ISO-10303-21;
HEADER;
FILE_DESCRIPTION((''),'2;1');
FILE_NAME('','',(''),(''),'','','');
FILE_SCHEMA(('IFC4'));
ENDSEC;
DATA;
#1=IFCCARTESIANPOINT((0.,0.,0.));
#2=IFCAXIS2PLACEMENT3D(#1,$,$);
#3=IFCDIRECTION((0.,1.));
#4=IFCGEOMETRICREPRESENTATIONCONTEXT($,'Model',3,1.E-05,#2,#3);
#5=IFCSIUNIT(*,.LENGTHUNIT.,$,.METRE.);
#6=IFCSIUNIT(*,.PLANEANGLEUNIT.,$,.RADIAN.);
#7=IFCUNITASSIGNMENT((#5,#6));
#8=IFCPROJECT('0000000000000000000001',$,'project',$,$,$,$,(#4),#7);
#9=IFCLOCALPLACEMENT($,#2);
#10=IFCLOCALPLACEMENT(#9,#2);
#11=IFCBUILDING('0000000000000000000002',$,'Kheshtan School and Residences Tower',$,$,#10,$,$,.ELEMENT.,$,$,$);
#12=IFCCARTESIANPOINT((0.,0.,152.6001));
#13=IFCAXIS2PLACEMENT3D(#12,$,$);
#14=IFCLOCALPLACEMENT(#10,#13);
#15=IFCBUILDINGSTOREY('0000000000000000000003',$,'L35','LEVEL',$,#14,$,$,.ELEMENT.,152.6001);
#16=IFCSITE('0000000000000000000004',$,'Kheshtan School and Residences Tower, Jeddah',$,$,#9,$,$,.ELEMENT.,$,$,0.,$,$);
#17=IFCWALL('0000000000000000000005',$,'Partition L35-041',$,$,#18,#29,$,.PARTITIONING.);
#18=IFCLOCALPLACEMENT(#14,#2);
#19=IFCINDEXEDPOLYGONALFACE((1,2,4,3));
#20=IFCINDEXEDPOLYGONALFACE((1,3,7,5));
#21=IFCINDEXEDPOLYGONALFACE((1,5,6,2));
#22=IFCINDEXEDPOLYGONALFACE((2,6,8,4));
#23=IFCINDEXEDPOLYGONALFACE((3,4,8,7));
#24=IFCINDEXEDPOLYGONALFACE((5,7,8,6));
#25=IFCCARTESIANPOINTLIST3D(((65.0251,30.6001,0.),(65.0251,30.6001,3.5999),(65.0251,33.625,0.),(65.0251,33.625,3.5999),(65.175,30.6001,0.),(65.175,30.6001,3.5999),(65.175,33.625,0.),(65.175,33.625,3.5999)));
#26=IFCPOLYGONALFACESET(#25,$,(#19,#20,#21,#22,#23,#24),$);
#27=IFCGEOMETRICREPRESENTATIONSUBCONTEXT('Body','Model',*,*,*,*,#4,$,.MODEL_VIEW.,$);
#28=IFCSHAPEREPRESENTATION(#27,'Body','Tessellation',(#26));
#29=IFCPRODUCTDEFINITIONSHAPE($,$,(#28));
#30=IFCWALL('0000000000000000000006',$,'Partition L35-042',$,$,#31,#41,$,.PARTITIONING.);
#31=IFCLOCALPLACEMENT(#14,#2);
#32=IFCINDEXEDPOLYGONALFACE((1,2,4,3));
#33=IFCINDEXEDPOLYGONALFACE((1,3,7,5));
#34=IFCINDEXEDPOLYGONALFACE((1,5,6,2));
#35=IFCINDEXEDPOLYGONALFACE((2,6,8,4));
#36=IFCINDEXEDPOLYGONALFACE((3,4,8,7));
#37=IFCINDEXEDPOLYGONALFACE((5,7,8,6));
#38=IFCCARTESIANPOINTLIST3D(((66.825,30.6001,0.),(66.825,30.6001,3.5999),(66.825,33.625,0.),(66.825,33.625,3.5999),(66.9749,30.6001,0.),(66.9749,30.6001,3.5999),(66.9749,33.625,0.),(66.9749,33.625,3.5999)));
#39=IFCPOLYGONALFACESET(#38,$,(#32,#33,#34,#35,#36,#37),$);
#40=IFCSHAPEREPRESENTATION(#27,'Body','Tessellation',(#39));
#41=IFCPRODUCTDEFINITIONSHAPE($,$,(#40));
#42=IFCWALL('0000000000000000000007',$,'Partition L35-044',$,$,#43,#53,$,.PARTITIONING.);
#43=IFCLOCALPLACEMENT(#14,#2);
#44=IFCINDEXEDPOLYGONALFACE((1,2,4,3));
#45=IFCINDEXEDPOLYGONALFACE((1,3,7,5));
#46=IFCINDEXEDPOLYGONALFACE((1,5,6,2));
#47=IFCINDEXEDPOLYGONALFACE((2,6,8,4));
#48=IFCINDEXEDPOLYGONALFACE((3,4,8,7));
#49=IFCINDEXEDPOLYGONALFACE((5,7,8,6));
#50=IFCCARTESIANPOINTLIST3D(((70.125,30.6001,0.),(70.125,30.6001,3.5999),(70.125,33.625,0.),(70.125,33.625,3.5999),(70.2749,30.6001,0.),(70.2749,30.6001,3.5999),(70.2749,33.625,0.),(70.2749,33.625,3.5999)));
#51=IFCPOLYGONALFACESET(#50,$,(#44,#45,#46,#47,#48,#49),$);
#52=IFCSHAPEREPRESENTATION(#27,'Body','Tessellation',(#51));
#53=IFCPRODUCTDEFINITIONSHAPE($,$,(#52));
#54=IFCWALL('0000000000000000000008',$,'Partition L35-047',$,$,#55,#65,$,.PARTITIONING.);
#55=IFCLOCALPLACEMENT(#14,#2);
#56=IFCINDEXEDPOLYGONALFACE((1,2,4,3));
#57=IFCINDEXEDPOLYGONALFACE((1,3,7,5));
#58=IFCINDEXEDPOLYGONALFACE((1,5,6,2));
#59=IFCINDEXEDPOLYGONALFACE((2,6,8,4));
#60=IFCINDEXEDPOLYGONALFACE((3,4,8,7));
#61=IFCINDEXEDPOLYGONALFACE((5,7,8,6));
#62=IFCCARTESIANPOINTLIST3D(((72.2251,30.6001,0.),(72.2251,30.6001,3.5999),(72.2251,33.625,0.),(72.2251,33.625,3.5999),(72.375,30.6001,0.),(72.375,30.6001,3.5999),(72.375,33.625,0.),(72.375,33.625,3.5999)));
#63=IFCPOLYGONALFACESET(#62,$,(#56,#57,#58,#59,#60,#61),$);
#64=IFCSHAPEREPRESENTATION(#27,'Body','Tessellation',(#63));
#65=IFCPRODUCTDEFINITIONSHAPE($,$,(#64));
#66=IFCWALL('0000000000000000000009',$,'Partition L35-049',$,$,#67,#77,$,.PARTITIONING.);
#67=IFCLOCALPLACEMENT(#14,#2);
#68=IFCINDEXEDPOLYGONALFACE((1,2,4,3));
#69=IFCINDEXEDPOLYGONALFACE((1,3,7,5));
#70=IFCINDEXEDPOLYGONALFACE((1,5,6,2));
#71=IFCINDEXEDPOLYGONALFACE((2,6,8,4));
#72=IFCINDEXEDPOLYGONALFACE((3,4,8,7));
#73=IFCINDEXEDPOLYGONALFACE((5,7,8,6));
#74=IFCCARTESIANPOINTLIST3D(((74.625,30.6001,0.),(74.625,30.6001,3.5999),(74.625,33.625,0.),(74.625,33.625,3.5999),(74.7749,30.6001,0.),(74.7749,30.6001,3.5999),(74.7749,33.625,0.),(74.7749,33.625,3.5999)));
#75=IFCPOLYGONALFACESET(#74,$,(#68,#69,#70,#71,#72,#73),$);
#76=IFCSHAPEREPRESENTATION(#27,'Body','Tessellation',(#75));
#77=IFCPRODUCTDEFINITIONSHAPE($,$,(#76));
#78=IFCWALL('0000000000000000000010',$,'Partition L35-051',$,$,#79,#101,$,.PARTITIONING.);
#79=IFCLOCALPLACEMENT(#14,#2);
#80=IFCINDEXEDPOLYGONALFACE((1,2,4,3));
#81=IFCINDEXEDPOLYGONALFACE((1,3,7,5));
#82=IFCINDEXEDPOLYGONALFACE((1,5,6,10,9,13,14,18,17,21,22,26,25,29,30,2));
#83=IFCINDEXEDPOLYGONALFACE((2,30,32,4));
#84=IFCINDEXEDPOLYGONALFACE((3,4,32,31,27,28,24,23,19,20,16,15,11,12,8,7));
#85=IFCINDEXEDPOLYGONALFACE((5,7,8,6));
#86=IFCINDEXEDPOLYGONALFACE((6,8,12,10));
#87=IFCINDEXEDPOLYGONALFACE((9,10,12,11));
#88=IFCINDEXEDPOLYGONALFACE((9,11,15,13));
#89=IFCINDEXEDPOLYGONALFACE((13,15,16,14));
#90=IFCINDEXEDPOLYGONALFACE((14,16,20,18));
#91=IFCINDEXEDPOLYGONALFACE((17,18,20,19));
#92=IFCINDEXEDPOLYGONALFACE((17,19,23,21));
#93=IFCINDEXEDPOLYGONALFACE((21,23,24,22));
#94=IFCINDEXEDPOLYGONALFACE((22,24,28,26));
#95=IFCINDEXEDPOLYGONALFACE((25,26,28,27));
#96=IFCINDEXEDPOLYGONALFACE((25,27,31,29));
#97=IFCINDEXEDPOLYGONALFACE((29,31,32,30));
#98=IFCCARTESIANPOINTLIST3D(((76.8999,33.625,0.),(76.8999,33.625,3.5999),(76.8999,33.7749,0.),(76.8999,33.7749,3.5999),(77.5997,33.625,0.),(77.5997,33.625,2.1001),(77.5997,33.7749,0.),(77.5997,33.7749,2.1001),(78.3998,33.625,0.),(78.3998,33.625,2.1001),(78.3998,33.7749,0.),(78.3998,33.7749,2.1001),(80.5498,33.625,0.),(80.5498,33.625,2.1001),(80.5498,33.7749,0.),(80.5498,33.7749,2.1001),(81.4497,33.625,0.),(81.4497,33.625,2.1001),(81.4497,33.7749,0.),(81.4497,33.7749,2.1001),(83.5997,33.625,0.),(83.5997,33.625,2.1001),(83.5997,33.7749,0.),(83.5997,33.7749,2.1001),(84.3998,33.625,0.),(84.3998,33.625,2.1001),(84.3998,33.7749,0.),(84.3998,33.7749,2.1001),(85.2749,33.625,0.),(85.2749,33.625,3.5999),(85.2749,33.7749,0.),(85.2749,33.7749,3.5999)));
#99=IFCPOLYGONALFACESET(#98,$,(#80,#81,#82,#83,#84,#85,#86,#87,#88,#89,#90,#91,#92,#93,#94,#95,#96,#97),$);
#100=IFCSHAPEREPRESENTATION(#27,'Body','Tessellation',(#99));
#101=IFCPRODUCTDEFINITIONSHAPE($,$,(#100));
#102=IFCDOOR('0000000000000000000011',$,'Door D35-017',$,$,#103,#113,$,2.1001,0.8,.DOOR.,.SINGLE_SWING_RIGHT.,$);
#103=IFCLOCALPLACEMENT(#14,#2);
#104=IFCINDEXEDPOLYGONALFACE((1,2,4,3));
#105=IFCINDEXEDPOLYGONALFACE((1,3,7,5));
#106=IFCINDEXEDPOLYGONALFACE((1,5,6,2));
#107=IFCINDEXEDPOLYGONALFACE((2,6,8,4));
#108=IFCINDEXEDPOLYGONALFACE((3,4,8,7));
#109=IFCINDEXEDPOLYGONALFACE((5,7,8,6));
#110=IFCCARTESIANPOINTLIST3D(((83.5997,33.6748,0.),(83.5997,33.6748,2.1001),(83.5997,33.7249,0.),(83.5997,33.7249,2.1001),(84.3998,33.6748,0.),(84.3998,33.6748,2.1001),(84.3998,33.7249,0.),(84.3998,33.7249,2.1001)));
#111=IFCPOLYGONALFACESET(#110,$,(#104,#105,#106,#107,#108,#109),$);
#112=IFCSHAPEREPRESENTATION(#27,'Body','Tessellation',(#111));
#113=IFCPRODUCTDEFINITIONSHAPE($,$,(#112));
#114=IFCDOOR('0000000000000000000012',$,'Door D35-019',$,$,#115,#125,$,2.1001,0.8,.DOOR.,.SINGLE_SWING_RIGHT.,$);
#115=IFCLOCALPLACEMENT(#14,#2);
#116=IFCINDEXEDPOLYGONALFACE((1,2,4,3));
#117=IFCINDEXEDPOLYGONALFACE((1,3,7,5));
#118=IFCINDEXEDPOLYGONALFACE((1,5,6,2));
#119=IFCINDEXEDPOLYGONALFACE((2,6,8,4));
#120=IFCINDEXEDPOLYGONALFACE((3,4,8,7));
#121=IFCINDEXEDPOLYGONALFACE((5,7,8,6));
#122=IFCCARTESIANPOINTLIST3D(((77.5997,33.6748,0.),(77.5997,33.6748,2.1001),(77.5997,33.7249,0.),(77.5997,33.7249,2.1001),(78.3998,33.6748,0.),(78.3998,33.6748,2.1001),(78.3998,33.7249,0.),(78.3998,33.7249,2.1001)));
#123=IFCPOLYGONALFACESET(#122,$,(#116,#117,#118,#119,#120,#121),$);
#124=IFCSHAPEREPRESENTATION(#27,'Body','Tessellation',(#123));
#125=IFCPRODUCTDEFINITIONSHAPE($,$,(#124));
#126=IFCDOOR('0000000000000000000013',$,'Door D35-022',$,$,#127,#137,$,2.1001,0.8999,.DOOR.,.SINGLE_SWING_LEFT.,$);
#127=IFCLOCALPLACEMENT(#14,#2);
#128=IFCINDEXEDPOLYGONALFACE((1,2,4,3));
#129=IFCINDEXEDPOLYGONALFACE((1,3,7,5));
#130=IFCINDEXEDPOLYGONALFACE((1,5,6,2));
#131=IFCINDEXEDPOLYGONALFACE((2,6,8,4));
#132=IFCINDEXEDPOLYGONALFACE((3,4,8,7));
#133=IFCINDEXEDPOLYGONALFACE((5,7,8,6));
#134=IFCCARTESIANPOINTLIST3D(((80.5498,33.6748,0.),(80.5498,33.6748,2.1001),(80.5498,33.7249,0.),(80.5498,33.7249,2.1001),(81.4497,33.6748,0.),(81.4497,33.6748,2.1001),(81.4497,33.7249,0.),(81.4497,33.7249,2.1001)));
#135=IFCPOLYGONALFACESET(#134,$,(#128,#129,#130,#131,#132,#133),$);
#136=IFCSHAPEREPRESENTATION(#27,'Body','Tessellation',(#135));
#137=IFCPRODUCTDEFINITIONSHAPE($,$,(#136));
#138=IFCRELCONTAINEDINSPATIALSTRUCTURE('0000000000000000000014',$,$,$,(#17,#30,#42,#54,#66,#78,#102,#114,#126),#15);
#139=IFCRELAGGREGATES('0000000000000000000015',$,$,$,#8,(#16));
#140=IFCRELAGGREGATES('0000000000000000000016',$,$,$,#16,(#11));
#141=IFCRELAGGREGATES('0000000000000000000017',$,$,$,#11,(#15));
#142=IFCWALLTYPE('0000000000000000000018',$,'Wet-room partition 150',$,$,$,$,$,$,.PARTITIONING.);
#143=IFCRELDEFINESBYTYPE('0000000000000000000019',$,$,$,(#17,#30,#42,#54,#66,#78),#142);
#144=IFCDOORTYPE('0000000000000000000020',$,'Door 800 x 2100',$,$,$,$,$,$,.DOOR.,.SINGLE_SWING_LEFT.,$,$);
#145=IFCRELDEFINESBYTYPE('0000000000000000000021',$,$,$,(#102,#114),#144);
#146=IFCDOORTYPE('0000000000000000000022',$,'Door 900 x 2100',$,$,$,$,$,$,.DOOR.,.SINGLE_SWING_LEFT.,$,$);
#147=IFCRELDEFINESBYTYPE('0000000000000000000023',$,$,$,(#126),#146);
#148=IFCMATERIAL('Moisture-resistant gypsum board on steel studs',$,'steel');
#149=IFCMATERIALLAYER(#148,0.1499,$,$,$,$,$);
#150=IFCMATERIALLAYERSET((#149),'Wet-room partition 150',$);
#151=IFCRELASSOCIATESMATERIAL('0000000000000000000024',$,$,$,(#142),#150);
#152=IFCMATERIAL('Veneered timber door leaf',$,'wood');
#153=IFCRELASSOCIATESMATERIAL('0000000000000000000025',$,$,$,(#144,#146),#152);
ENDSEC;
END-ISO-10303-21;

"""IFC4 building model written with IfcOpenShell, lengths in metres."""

from ifc_helpers import new_model, si_unit, direction, frame, frame_2d, origin, place, context, subcontext, project, spatial, rectangle, extrude, source, transform, mapped, material, layer, layer_set, type_object, element, fill, save


model = new_model("IFC4")

# Units and contexts
model_context = context("Model", 3, precision=1e-05, world=origin(), true_north=direction((0.0, 1.0)))
body_context = subcontext(model_context, "Body", "Model", "MODEL_VIEW")
ifc_project = project(units=[si_unit("LENGTHUNIT", "METRE"), si_unit("PLANEANGLEUNIT", "RADIAN")], contexts=[model_context])

# Site, building, storey
site_placement = place(None, origin())
site = spatial("IfcSite", under=ifc_project, at=site_placement, Name="Kheshtan School and Residences Tower, Jeddah", CompositionType="ELEMENT", RefElevation=0.0)
building_placement = place(site_placement, origin())
building = spatial("IfcBuilding", under=site, at=building_placement, Name="Kheshtan School and Residences Tower", CompositionType="ELEMENT")
storey_placement = place(building_placement, frame((0.0, 0.0, 152.6001)))
storey = spatial("IfcBuildingStorey", under=building, at=storey_placement, Name="L35", Description="LEVEL", CompositionType="ELEMENT", Elevation=152.6001)

# Walls
ifc_material_1 = material(Name="Moisture-resistant gypsum board on steel studs", Category="steel")
ifc_layer_1 = layer(ifc_material_1, 0.1499)
ifc_layer_set_1 = layer_set([ifc_layer_1], Name="Wet-room partition 150")
wall_type_1 = type_object("IfcWallType", Name="Wet-room partition 150", PredefinedType="PARTITIONING", material=ifc_layer_set_1)
for number, where, z_axis, x_axis, name in (
    (1, (65.1001, 30.6001, 0.0), (0.0, 0.0, 1.0), (0.0, 1.0, 0.0), "Partition L35-041"),
    (2, (66.8999, 30.6001, 0.0), (0.0, 0.0, 1.0), (0.0, 1.0, 0.0), "Partition L35-042"),
    (3, (70.2, 30.6001, 0.0), (0.0, 0.0, 1.0), (0.0, 1.0, 0.0), "Partition L35-044"),
    (4, (72.3, 30.6001, 0.0), (0.0, 0.0, 1.0), (0.0, 1.0, 0.0), "Partition L35-047"),
    (5, (74.7, 30.6001, 0.0), (0.0, 0.0, 1.0), (0.0, 1.0, 0.0), "Partition L35-049"),
):
    element("IfcWall", number, at=place(storey_placement, frame(where, z_axis=z_axis, x_axis=x_axis)), inside=storey, type_object=wall_type_1, Name=name, PredefinedType="PARTITIONING", context=body_context, shape_type="SweptSolid", body=[
        extrude(rectangle(XDim=3.0249, YDim=0.1499, at=frame_2d((1.5125, 0.0))), origin(), (0.0, 0.0, 1.0), 3.5999),
    ])

# Wall, openings, doors
wall_1_placement = place(storey_placement, frame((76.8999, 33.7, 0.0), z_axis=(0.0, 0.0, 1.0), x_axis=(1.0, 0.0, 0.0)))
wall_1 = element("IfcWall", 6, at=wall_1_placement, inside=storey, type_object=wall_type_1, Name="Partition L35-051", PredefinedType="PARTITIONING", context=body_context, shape_type="SweptSolid", body=[
    extrude(rectangle(XDim=8.375, YDim=0.1499, at=frame_2d((4.1875, 0.0))), origin(), (0.0, 0.0, 1.0), 3.5999),
])
opening_1_placement = place(wall_1_placement, frame((6.7, 0.0, 0.0)))
opening_1 = element("IfcOpeningElement", 7, at=opening_1_placement, cuts=wall_1, PredefinedType="OPENING", context=body_context, shape_type="SweptSolid", body=[
    extrude(rectangle(XDim=0.8, YDim=2.1001, at=frame_2d((0.3999, 1.05))), frame((0.0, 0.085, 0.0), z_axis=(0.0, -1.0, 0.0), x_axis=(1.0, 0.0, 0.0)), (0.0, 0.0, 1.0), 0.1699),
])
opening_2_placement = place(wall_1_placement, frame((0.7, 0.0, 0.0)))
opening_2 = element("IfcOpeningElement", 8, at=opening_2_placement, cuts=wall_1, PredefinedType="OPENING", context=body_context, shape_type="SweptSolid", body=[
    extrude(rectangle(XDim=0.8, YDim=2.1001, at=frame_2d((0.3999, 1.05))), frame((0.0, 0.085, 0.0), z_axis=(0.0, -1.0, 0.0), x_axis=(1.0, 0.0, 0.0)), (0.0, 0.0, 1.0), 0.1699),
])
opening_3_placement = place(wall_1_placement, frame((3.6499, 0.0, 0.0)))
opening_3 = element("IfcOpeningElement", 9, at=opening_3_placement, cuts=wall_1, PredefinedType="OPENING", context=body_context, shape_type="SweptSolid", body=[
    extrude(rectangle(XDim=0.8999, YDim=2.1001, at=frame_2d((0.45, 1.05))), frame((0.0, 0.085, 0.0), z_axis=(0.0, -1.0, 0.0), x_axis=(1.0, 0.0, 0.0)), (0.0, 0.0, 1.0), 0.1699),
])
ifc_material_2 = material(Name="Veneered timber door leaf", Category="wood")
door_type_1 = type_object("IfcDoorType", Name="Door 800 x 2100", OperationType="SINGLE_SWING_LEFT", PredefinedType="DOOR", material=ifc_material_2)
shared_shape_1 = source(origin(), body_context, "Body", "SweptSolid", [
    extrude(rectangle(XDim=0.8, YDim=2.1001, at=frame_2d((0.3999, 1.05))), frame((0.0, 0.0249, 0.0), z_axis=(0.0, -1.0, 0.0), x_axis=(1.0, 0.0, 0.0)), (0.0, 0.0, 1.0), 0.05),
])
door_1_placement = place(opening_1_placement, origin())
door_1 = element("IfcDoor", 10, at=door_1_placement, inside=storey, type_object=door_type_1, Name="Door D35-017", OperationType="SINGLE_SWING_RIGHT", OverallHeight=2.1001, OverallWidth=0.8, PredefinedType="DOOR", context=body_context, shape_type="MappedRepresentation", body=[
    mapped(shared_shape_1, transform((0.0, 0.0, 0.0), x_axis=(1.0, 0.0, 0.0), y_axis=(0.0, 1.0, 0.0), z_axis=(0.0, 0.0, 1.0), scale=1.0)),
])
fill(opening_1, door_1)
door_2_placement = place(opening_2_placement, origin())
door_2 = element("IfcDoor", 11, at=door_2_placement, inside=storey, type_object=door_type_1, Name="Door D35-019", OperationType="SINGLE_SWING_RIGHT", OverallHeight=2.1001, OverallWidth=0.8, PredefinedType="DOOR", context=body_context, shape_type="MappedRepresentation", body=[
    mapped(shared_shape_1, transform((0.0, 0.0, 0.0), x_axis=(1.0, 0.0, 0.0), y_axis=(0.0, 1.0, 0.0), z_axis=(0.0, 0.0, 1.0), scale=1.0)),
])
fill(opening_2, door_2)
door_type_2 = type_object("IfcDoorType", Name="Door 900 x 2100", OperationType="SINGLE_SWING_LEFT", PredefinedType="DOOR", material=ifc_material_2)
shared_shape_2 = source(origin(), body_context, "Body", "SweptSolid", [
    extrude(rectangle(XDim=0.8999, YDim=2.1001, at=frame_2d((0.45, 1.05))), frame((0.0, 0.0249, 0.0), z_axis=(0.0, -1.0, 0.0), x_axis=(1.0, 0.0, 0.0)), (0.0, 0.0, 1.0), 0.05),
])
door_3_placement = place(opening_3_placement, origin())
door_3 = element("IfcDoor", 12, at=door_3_placement, inside=storey, type_object=door_type_2, Name="Door D35-022", OperationType="SINGLE_SWING_LEFT", OverallHeight=2.1001, OverallWidth=0.8999, PredefinedType="DOOR", context=body_context, shape_type="MappedRepresentation", body=[
    mapped(shared_shape_2, transform((0.0, 0.0, 0.0), x_axis=(1.0, 0.0, 0.0), y_axis=(0.0, 1.0, 0.0), z_axis=(0.0, 0.0, 1.0), scale=1.0)),
])
fill(opening_3, door_3)

save(model, "model.ifc")
